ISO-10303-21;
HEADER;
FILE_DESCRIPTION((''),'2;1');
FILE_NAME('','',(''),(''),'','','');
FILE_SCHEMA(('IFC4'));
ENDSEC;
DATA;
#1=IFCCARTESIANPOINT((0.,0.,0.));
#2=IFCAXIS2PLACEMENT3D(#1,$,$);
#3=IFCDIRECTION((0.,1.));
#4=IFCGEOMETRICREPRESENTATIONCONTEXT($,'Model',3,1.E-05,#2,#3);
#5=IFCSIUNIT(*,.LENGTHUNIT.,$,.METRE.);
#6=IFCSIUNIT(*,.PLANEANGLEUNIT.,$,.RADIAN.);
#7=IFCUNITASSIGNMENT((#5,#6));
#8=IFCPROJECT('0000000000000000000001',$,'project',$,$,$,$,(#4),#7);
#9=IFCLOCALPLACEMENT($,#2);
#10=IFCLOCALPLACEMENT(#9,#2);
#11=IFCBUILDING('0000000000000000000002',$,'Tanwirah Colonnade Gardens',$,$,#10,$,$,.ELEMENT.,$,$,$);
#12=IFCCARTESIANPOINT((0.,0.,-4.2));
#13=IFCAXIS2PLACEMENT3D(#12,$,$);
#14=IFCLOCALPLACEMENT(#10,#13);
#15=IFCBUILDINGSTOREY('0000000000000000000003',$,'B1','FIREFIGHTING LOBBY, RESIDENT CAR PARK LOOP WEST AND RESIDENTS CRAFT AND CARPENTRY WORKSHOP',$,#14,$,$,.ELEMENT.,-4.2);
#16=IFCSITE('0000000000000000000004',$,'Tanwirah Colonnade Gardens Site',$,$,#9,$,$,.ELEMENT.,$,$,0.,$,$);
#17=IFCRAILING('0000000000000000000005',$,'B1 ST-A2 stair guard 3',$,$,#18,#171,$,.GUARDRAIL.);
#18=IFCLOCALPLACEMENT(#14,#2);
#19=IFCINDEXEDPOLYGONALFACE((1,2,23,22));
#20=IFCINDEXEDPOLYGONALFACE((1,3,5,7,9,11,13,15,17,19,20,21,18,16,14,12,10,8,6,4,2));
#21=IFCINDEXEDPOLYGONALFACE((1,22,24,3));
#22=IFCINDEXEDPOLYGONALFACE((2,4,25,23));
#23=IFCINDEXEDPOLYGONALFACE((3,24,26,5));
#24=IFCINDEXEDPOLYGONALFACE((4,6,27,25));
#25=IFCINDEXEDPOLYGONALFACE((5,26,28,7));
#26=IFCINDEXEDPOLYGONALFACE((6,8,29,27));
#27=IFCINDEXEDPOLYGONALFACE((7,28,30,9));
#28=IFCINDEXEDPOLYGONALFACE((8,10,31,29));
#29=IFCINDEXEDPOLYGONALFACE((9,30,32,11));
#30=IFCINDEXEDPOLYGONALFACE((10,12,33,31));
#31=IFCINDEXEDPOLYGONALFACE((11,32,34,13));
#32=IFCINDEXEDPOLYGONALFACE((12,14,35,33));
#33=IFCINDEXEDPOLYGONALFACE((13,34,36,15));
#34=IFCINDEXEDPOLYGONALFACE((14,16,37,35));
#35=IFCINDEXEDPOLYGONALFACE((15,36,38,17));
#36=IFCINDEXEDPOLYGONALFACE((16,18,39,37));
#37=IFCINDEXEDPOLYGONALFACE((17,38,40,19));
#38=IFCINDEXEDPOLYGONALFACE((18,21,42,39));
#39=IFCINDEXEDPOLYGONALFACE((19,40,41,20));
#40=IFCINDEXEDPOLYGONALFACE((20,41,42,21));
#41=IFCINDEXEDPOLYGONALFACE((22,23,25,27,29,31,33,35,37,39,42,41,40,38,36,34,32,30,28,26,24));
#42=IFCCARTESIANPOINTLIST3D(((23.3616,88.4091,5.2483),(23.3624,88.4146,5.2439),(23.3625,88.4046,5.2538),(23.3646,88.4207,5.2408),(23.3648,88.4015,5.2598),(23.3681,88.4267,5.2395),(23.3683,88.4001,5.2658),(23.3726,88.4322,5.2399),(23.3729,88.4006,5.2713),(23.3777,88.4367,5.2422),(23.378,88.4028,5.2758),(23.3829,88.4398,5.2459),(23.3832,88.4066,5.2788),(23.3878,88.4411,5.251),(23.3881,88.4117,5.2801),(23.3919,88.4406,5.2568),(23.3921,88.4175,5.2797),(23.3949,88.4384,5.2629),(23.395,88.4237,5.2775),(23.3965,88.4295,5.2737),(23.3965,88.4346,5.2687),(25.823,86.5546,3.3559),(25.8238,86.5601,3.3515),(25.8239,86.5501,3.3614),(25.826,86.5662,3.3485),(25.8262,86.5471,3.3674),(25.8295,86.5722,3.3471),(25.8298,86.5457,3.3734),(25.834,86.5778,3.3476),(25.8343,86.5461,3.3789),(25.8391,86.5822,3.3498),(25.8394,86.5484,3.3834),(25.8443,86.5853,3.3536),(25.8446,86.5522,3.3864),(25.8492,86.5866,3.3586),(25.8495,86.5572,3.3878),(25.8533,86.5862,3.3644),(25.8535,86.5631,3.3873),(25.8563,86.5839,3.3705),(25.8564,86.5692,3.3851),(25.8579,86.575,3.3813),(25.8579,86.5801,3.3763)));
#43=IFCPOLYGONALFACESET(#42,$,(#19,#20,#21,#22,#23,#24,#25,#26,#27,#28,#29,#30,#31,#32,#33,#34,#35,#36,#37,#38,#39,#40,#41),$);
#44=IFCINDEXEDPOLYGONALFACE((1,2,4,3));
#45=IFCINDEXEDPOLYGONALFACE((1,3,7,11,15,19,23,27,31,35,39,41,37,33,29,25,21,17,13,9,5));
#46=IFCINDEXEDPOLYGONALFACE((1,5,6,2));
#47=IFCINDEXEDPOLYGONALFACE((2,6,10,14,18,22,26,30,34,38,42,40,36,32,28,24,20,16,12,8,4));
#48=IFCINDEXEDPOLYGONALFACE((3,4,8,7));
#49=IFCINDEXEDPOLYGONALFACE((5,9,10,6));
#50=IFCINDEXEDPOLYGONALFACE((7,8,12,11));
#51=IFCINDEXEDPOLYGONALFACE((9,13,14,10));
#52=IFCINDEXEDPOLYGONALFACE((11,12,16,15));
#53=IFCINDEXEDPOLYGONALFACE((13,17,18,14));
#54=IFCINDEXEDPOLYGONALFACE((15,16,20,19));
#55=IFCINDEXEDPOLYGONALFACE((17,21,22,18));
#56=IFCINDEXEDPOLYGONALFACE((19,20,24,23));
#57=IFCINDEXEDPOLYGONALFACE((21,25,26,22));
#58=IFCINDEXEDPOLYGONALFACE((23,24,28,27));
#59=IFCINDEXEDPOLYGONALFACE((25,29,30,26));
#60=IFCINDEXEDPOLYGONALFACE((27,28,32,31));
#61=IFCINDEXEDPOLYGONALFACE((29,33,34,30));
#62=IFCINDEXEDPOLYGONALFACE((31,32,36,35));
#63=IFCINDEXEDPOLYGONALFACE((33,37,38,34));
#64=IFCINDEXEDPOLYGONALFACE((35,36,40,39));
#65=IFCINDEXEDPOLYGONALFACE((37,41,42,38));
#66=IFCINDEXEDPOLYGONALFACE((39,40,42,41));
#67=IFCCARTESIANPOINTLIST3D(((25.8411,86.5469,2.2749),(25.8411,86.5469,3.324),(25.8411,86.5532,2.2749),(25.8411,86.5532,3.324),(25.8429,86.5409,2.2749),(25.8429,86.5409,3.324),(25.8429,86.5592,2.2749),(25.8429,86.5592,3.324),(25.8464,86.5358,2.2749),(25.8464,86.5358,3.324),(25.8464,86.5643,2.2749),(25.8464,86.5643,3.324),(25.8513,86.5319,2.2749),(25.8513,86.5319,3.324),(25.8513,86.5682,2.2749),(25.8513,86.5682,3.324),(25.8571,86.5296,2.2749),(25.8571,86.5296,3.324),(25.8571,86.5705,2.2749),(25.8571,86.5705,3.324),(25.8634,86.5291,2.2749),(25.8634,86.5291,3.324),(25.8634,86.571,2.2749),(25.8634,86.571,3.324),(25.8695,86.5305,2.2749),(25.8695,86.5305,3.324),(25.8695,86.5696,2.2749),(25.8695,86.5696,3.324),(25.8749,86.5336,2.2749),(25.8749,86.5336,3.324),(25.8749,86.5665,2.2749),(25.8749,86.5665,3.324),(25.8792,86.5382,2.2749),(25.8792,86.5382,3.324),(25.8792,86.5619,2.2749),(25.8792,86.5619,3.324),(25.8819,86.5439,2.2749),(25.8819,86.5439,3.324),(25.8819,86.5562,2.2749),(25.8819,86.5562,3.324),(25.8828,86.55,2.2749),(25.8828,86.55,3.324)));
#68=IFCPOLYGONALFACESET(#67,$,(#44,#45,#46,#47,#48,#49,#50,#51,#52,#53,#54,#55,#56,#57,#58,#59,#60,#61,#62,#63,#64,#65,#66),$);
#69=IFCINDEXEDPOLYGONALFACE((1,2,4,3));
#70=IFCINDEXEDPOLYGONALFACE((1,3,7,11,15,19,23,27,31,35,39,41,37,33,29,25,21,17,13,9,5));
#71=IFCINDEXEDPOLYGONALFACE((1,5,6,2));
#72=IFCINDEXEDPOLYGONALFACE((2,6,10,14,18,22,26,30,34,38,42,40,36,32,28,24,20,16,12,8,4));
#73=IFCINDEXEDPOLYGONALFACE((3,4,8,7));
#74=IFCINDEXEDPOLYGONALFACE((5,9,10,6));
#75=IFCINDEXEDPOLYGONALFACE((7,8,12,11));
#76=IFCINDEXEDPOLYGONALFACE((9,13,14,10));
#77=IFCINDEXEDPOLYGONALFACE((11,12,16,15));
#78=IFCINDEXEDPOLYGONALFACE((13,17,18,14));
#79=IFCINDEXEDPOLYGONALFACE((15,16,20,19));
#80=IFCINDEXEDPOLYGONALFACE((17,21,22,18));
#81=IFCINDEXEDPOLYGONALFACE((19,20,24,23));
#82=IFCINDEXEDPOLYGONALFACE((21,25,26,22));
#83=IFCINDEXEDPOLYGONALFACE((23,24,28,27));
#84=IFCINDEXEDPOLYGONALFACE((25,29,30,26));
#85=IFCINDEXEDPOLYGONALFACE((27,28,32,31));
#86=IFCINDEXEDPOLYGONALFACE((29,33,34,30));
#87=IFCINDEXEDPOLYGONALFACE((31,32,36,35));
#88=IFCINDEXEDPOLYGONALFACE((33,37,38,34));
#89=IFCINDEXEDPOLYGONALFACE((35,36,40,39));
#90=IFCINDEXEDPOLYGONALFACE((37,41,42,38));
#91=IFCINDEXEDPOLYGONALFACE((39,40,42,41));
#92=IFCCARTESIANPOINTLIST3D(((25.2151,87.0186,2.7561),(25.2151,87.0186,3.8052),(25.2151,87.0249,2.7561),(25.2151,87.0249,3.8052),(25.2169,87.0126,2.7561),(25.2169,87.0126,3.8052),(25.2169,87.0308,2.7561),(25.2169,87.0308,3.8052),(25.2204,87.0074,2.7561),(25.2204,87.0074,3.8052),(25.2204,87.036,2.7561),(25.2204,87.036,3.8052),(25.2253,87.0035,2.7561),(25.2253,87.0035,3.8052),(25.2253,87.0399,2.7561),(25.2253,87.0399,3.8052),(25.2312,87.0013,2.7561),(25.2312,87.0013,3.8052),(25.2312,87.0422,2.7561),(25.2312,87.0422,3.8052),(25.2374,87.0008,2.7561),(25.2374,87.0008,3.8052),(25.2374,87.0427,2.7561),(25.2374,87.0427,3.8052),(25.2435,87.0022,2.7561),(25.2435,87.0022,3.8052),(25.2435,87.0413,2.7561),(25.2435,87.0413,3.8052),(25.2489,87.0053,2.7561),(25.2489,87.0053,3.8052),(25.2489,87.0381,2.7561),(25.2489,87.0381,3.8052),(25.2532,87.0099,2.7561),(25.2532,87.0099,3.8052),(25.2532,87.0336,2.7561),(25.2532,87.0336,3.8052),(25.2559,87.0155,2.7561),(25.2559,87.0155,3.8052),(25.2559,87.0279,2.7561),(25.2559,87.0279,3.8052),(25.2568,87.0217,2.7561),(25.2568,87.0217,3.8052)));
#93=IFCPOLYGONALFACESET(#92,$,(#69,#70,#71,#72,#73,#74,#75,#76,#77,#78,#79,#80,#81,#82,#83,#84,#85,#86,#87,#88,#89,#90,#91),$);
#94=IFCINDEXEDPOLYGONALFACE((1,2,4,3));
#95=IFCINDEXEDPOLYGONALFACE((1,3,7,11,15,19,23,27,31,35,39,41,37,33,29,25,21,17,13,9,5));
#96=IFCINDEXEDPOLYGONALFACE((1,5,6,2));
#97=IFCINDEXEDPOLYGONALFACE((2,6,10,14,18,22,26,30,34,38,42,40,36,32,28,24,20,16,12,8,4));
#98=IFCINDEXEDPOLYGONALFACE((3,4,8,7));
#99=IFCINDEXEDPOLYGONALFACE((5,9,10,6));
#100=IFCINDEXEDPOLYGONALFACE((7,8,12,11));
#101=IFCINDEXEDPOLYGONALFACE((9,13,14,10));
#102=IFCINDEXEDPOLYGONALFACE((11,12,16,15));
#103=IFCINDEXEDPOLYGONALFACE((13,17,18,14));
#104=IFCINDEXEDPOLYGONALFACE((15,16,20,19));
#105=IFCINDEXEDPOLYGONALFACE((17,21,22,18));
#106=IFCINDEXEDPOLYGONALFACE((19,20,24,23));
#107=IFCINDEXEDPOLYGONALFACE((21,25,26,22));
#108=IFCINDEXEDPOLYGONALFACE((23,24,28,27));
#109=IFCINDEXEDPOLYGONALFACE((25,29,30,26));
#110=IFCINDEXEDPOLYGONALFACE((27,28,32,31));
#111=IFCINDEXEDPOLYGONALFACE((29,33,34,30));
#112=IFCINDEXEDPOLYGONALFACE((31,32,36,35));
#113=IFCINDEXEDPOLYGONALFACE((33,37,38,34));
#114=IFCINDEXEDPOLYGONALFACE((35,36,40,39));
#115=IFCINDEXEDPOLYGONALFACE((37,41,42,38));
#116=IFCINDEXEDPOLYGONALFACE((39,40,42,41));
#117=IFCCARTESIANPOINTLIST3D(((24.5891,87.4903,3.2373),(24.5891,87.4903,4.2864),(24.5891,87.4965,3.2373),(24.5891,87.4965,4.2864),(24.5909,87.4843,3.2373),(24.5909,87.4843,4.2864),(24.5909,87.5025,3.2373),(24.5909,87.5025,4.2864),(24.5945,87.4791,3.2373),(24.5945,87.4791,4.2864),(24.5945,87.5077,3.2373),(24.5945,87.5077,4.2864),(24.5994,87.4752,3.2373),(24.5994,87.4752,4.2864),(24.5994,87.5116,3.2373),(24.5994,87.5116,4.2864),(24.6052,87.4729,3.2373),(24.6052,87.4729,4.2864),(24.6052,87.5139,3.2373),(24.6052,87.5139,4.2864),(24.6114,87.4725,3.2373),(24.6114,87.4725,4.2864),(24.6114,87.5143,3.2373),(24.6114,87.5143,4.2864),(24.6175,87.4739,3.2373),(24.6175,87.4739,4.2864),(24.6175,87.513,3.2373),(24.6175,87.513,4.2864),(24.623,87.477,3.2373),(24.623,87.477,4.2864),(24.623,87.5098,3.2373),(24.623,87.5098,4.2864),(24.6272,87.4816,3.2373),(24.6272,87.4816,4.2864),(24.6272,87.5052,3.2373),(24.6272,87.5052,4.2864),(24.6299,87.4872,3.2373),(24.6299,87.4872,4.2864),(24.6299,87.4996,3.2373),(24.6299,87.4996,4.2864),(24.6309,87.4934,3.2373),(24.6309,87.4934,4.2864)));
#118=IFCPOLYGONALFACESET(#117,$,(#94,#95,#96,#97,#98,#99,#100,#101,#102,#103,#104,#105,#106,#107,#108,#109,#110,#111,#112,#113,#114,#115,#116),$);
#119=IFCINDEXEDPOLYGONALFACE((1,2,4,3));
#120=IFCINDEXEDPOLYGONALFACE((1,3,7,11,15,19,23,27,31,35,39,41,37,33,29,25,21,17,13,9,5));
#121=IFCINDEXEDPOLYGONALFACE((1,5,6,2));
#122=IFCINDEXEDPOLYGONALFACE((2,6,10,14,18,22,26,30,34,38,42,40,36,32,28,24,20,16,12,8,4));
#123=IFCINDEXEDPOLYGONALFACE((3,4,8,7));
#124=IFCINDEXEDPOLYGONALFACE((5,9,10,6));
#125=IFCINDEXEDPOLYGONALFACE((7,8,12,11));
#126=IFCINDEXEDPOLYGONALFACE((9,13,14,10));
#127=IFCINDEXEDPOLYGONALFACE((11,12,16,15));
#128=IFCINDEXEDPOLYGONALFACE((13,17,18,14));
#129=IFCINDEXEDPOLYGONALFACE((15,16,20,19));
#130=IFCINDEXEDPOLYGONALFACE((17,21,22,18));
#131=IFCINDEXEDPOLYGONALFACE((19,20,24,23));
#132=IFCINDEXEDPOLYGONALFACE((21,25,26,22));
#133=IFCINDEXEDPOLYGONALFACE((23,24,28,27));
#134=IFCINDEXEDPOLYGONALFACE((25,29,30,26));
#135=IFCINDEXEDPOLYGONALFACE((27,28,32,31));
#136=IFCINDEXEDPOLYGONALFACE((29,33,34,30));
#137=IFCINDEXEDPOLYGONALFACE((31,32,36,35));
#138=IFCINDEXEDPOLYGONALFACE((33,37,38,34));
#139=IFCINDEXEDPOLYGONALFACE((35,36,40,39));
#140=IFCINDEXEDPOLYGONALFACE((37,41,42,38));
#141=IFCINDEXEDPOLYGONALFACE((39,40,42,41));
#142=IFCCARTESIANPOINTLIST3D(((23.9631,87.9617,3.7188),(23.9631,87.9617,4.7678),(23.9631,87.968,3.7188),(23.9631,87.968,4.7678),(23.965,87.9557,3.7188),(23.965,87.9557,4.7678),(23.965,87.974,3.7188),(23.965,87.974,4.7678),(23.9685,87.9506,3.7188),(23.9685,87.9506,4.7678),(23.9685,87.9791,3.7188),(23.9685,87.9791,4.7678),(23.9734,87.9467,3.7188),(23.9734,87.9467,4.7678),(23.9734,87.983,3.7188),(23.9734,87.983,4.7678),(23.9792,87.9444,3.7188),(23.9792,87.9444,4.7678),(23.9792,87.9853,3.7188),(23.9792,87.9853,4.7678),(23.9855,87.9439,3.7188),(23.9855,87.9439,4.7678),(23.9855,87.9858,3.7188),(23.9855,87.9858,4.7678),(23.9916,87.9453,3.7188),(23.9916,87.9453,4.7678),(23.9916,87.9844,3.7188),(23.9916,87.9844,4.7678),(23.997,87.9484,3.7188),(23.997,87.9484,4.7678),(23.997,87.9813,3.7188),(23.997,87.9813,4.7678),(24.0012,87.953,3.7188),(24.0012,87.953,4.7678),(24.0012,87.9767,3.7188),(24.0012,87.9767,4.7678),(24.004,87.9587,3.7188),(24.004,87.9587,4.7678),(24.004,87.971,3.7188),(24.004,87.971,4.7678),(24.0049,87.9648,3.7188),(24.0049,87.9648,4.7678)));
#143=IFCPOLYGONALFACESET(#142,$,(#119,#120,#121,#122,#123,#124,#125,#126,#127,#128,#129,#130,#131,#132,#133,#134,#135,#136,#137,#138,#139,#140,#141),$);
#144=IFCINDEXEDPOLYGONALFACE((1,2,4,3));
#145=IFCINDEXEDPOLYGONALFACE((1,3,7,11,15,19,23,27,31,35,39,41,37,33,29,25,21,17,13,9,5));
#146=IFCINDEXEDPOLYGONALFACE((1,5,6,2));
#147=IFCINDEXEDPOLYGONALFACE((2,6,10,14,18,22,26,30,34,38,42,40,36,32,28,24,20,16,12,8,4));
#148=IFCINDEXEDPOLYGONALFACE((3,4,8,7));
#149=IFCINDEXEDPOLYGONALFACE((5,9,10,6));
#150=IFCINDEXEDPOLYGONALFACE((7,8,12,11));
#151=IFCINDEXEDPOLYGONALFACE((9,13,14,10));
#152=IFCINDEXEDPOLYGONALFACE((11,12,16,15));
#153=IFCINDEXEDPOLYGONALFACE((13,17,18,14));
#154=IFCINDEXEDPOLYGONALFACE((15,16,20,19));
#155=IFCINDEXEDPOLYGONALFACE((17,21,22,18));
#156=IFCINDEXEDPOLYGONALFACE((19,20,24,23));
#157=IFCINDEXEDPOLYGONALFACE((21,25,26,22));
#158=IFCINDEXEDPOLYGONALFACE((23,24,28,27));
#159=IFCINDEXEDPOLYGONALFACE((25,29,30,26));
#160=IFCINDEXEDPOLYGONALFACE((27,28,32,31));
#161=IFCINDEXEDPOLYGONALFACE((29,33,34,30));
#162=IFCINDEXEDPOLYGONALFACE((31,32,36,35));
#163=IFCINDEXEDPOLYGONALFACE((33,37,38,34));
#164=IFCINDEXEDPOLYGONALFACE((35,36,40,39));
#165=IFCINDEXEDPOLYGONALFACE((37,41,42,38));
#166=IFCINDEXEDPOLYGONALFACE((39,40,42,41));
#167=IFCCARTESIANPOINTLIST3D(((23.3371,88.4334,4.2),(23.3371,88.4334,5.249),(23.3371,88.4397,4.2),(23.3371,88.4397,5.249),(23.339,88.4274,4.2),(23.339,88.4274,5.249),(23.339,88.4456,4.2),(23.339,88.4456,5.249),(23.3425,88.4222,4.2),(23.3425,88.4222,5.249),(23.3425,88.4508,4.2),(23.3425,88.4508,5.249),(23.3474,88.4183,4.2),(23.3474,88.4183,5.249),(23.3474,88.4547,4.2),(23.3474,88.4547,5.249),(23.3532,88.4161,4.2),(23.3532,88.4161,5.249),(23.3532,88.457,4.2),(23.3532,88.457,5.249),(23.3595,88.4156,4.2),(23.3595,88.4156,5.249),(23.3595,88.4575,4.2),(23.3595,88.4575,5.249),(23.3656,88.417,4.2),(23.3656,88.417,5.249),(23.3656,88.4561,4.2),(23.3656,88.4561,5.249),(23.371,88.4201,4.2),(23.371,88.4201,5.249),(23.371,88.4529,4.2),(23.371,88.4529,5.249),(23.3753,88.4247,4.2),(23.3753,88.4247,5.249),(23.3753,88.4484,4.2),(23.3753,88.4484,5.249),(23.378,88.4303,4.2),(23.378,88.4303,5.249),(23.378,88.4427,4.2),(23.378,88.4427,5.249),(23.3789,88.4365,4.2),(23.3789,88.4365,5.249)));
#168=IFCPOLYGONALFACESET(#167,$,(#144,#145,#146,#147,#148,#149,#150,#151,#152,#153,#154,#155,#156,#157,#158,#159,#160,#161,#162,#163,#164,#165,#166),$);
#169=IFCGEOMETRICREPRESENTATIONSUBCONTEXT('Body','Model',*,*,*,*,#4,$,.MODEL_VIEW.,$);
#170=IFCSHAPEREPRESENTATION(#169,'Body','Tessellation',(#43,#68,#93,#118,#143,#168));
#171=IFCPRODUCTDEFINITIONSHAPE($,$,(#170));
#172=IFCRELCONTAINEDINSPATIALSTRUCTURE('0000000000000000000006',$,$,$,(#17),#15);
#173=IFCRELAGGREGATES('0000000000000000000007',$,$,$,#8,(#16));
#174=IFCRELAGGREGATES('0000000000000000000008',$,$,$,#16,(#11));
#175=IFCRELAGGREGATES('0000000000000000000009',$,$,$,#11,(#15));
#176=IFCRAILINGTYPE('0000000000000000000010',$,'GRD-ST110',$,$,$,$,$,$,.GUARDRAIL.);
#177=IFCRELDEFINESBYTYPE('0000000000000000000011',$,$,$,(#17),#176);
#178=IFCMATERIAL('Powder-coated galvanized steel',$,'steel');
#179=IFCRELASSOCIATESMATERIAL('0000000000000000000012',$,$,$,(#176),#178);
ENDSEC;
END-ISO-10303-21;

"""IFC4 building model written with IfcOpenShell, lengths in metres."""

from ifc_helpers import new_model, si_unit, direction, frame, origin, origin_2d, place, context, subcontext, project, spatial, circle, extrude, material, type_object, element, save


model = new_model("IFC4")

# Units and contexts
model_context = context("Model", 3, precision=1e-05, world=origin(), true_north=direction((0.0, 1.0)))
body_context = subcontext(model_context, "Body", "Model", "MODEL_VIEW")
ifc_project = project(units=[si_unit("LENGTHUNIT", "METRE"), si_unit("PLANEANGLEUNIT", "RADIAN")], contexts=[model_context])

# Site, building, storey
site_placement = place(None, origin())
site = spatial("IfcSite", under=ifc_project, at=site_placement, Name="Tanwirah Colonnade Gardens Site", CompositionType="ELEMENT", RefElevation=0.0)
building_placement = place(site_placement, origin())
building = spatial("IfcBuilding", under=site, at=building_placement, Name="Tanwirah Colonnade Gardens", CompositionType="ELEMENT")
storey_placement = place(building_placement, frame((0.0, 0.0, -4.2)))
storey = spatial("IfcBuildingStorey", under=building, at=storey_placement, Name="B1", Description="FIREFIGHTING LOBBY, RESIDENT CAR PARK LOOP WEST AND RESIDENTS CRAFT AND CARPENTRY WORKSHOP", CompositionType="ELEMENT", Elevation=-4.2)

# Railing
ifc_material_1 = material(Name="Powder-coated galvanized steel", Category="steel")
railing_type_1 = type_object("IfcRailingType", Name="GRD-ST110", PredefinedType="GUARDRAIL", material=ifc_material_1)
railing_1_placement = place(storey_placement, frame((25.8618, 86.55, 2.2749)))
element("IfcRailing", 1, at=railing_1_placement, inside=storey, type_object=railing_type_1, Name="B1 ST-A2 stair guard 3", PredefinedType="GUARDRAIL", context=body_context, shape_type="SweptSolid", body=[
    extrude(circle(Radius=0.0239, at=origin_2d()), frame((-0.0212, 0.0161, 1.0925), z_axis=(-0.680617, 0.512785, 0.523271), x_axis=(-0.601743, -0.79869, 0.0)), (0.0, 0.0, 1.0), 3.6165),
    extrude(circle(Radius=0.021, at=origin_2d()), origin(), (0.0, 0.0, 1.0), 1.0491),
    extrude(circle(Radius=0.021, at=origin_2d()), frame((-0.626, 0.4717, 0.4812)), (0.0, 0.0, 1.0), 1.0491),
    extrude(circle(Radius=0.021, at=origin_2d()), frame((-1.252, 0.9434, 0.9624)), (0.0, 0.0, 1.0), 1.0491),
    extrude(circle(Radius=0.021, at=origin_2d()), frame((-1.8779, 1.4148, 1.4438)), (0.0, 0.0, 1.0), 1.0491),
    extrude(circle(Radius=0.021, at=origin_2d()), frame((-2.5039, 1.8865, 1.925)), (0.0, 0.0, 1.0), 1.0491),
])

save(model, "model.ifc")
